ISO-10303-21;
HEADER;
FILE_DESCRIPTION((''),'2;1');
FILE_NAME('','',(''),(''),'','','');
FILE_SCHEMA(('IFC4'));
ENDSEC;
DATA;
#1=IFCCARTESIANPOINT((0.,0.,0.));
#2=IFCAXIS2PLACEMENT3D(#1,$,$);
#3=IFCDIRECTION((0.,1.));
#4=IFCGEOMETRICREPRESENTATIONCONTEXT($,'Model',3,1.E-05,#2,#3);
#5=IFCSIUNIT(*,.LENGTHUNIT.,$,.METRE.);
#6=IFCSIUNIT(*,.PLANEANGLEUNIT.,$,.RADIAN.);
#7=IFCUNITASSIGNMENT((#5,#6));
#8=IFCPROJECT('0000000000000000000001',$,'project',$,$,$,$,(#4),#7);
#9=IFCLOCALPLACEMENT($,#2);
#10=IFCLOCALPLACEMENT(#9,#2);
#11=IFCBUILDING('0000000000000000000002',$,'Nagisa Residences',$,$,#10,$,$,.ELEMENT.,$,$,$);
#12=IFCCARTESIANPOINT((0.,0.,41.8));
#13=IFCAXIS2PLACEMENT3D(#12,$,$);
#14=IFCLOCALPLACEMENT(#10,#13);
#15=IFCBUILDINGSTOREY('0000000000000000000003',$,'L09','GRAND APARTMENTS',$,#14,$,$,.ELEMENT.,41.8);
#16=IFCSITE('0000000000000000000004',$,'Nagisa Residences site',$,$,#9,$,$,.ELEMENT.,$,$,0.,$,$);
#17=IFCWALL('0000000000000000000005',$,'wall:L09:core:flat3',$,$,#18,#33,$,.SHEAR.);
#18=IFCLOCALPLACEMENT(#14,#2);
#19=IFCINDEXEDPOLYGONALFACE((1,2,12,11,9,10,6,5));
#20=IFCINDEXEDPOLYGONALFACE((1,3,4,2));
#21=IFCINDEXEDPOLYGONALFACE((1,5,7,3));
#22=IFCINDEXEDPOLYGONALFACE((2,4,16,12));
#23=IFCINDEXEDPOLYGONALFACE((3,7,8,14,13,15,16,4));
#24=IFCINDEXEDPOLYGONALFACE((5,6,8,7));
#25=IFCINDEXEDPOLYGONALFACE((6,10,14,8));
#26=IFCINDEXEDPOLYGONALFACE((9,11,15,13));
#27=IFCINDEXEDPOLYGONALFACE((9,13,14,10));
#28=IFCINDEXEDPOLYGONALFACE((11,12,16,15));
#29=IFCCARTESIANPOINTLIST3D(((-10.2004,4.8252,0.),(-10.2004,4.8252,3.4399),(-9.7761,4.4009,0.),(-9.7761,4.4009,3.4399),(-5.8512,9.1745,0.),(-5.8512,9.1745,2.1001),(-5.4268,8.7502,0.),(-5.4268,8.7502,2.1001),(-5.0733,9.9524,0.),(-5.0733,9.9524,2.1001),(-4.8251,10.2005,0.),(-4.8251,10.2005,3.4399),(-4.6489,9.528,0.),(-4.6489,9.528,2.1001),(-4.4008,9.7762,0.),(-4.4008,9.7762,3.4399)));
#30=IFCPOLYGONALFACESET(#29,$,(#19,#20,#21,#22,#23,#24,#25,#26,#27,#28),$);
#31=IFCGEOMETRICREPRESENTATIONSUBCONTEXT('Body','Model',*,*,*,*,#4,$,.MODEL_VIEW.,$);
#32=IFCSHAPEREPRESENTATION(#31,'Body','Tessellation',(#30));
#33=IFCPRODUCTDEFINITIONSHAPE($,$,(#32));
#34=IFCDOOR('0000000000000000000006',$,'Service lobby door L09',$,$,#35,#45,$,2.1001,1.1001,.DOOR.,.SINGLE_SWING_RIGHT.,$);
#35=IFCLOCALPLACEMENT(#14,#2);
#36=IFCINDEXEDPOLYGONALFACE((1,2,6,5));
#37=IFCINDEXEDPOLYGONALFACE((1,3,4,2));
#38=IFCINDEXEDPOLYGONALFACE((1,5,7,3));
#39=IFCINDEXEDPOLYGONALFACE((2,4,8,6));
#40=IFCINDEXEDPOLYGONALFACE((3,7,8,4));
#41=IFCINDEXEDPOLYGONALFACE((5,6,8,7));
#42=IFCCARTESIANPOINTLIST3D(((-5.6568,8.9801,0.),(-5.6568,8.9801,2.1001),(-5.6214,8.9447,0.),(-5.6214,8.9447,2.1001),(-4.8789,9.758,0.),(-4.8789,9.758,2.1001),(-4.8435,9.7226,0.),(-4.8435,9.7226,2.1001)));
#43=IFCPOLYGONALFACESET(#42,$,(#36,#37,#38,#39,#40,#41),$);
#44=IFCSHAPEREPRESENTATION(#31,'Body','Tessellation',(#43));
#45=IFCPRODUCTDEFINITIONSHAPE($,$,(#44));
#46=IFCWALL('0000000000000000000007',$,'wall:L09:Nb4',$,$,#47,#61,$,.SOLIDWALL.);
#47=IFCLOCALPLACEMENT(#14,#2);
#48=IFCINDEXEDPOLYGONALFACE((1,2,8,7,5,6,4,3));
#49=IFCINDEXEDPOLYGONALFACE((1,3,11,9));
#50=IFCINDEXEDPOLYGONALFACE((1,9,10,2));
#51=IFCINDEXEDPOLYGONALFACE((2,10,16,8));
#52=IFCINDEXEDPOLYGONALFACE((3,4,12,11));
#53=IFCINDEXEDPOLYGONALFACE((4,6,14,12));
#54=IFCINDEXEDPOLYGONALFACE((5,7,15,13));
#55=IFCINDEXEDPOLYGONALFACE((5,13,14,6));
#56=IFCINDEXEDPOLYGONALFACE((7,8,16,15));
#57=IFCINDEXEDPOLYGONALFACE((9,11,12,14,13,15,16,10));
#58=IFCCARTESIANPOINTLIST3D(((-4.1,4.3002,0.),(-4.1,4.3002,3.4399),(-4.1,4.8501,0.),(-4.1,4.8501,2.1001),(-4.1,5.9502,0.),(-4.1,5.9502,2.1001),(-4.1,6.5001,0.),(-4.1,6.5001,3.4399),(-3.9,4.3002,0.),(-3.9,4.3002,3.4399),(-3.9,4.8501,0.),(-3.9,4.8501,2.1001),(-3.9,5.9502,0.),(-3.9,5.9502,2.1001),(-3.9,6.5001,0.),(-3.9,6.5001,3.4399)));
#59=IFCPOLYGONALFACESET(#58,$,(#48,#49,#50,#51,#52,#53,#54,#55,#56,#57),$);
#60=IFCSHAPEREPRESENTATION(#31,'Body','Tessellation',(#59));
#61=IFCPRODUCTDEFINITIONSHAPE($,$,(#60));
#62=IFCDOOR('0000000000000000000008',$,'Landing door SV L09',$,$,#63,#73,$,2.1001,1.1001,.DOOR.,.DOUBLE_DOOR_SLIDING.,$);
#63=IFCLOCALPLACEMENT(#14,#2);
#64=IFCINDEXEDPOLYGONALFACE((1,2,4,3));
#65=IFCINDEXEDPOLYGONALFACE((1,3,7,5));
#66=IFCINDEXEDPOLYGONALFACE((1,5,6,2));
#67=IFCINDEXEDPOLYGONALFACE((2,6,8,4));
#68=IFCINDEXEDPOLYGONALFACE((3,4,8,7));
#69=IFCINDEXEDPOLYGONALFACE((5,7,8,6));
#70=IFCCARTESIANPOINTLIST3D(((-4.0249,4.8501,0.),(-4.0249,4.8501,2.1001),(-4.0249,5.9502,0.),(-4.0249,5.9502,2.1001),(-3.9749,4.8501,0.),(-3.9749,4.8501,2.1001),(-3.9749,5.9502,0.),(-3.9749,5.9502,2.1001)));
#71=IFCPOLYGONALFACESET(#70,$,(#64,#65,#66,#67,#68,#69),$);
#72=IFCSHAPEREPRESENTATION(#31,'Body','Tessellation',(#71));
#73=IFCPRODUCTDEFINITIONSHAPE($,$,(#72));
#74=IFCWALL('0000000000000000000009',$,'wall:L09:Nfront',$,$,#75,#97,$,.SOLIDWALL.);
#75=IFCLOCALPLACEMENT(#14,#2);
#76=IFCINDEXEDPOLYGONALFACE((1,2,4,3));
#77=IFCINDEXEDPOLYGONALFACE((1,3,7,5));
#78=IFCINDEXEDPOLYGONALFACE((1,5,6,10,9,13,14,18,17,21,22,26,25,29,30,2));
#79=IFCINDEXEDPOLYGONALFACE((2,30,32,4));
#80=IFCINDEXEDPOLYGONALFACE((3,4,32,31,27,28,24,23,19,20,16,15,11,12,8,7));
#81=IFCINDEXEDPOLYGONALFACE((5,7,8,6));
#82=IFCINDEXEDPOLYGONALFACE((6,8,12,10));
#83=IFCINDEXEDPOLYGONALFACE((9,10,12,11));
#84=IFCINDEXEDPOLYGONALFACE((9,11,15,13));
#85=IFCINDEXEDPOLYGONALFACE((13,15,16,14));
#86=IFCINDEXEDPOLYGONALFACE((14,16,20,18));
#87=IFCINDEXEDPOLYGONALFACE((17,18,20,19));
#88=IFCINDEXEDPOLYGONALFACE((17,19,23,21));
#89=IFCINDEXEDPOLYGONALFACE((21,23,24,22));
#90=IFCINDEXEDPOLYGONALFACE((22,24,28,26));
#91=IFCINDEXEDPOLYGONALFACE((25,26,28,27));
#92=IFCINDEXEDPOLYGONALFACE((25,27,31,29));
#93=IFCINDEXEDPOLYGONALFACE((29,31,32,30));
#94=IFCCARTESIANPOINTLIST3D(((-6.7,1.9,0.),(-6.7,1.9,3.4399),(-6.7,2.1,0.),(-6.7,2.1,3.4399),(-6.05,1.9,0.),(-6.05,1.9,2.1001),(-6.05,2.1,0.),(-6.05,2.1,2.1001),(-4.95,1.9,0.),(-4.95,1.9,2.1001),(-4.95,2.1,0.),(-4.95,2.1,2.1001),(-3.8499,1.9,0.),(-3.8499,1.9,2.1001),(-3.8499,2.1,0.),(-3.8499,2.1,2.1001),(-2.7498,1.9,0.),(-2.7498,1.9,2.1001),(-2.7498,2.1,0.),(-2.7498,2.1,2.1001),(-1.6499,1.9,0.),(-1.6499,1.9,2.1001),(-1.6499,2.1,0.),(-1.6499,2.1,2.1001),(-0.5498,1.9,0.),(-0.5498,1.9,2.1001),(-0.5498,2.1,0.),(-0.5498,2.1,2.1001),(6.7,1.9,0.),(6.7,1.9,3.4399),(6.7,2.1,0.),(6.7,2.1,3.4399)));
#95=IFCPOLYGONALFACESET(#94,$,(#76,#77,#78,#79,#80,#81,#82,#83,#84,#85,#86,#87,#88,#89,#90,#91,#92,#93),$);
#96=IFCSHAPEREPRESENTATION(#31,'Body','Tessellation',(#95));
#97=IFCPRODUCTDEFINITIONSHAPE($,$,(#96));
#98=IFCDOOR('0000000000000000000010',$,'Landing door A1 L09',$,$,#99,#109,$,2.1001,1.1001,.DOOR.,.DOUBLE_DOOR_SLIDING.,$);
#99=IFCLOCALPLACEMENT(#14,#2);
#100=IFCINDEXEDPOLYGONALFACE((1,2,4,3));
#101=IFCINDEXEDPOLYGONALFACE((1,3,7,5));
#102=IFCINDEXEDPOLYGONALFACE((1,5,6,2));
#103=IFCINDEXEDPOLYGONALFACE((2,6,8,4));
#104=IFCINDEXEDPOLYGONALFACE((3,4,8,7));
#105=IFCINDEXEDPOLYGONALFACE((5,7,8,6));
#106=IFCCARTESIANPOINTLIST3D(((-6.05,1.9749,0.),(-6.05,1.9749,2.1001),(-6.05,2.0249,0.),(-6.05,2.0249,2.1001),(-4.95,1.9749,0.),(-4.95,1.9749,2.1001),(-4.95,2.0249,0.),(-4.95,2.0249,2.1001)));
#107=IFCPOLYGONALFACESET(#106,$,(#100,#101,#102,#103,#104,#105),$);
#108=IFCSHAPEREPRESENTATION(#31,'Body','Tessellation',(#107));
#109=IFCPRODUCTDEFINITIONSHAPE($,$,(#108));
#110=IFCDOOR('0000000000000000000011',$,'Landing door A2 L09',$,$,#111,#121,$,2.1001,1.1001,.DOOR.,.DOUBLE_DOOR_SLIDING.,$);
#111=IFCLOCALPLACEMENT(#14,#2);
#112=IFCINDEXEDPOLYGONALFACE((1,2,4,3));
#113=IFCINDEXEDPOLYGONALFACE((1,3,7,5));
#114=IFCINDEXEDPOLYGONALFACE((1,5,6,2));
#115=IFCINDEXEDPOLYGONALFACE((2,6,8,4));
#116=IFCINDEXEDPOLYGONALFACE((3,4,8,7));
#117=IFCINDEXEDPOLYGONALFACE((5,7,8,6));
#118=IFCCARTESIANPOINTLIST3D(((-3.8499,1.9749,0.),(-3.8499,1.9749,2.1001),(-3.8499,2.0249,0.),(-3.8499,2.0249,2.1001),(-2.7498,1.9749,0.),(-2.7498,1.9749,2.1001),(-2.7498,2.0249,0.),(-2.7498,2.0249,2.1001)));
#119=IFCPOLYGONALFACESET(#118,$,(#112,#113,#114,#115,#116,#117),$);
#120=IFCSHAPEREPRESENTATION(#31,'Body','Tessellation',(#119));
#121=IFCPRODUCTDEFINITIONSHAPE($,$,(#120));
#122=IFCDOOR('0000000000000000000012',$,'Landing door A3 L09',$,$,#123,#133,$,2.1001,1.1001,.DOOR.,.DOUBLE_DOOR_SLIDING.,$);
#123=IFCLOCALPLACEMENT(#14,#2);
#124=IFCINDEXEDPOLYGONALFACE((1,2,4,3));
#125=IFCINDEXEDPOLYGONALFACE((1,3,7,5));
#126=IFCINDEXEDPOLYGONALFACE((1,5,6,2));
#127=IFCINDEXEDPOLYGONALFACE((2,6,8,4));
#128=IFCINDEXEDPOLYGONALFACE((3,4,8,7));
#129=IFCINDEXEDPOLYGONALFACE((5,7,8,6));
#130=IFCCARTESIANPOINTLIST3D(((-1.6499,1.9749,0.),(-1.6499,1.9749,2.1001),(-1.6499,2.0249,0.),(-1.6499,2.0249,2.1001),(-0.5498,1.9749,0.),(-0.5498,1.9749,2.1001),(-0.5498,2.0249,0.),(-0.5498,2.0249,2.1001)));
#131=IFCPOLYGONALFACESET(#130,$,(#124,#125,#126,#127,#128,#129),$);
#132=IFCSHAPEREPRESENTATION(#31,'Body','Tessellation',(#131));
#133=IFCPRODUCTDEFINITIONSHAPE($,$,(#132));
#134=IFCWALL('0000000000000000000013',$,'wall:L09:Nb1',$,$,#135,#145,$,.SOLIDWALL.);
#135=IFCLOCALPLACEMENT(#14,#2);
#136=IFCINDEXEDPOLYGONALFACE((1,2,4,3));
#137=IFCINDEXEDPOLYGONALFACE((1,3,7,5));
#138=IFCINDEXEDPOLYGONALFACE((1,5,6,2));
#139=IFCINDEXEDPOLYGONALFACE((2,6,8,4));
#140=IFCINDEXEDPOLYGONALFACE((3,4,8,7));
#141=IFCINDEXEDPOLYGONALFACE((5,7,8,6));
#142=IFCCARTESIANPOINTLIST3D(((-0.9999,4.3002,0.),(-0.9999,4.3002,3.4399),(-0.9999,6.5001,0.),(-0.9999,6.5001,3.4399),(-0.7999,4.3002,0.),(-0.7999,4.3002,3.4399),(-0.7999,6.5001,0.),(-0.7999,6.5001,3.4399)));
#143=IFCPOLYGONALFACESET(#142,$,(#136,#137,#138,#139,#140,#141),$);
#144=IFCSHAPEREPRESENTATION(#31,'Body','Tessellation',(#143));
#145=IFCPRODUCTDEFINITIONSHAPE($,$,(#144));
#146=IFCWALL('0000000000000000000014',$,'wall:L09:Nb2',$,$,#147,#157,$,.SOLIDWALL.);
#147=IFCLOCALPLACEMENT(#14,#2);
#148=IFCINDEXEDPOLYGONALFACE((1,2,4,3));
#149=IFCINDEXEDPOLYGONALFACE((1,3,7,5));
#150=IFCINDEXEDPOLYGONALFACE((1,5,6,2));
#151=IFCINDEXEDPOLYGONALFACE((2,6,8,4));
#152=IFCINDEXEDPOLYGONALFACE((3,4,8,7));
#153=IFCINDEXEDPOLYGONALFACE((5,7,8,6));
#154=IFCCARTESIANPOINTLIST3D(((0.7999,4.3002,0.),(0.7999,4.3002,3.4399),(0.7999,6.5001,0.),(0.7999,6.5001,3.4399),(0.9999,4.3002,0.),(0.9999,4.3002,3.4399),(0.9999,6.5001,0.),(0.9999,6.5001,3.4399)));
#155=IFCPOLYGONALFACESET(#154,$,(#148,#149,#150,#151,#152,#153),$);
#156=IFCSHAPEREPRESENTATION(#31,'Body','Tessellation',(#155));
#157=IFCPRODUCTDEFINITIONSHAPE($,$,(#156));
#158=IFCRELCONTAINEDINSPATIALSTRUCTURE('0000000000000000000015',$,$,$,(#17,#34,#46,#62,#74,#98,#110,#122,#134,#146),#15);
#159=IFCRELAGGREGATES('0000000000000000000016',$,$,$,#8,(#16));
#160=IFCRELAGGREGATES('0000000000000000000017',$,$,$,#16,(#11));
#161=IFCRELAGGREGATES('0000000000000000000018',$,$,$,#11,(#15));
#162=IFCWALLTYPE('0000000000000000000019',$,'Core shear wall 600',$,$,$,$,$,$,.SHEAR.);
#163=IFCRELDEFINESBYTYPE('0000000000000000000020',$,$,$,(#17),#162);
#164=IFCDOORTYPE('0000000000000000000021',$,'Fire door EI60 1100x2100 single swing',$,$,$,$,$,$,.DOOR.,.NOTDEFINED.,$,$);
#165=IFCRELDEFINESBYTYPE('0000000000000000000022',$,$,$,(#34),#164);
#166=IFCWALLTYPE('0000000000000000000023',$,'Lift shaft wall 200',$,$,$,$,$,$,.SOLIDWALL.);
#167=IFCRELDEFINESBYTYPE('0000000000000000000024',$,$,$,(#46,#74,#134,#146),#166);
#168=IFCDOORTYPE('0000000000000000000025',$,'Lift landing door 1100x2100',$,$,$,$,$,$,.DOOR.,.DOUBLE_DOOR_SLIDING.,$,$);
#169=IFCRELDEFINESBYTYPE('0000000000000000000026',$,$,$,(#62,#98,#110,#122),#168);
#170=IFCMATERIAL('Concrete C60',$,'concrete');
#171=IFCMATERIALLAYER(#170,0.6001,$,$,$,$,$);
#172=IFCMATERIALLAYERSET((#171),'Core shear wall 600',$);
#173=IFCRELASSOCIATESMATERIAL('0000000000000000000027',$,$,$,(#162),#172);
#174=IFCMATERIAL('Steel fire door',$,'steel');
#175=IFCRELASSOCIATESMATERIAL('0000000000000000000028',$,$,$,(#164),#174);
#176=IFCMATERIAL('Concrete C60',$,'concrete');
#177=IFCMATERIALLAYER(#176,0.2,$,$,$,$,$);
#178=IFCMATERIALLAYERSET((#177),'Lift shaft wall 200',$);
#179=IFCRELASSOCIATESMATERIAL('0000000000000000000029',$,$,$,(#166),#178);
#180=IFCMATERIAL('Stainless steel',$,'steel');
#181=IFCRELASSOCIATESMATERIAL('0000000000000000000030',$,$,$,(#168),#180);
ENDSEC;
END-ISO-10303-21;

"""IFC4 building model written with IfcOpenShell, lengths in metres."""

from ifc_helpers import new_model, si_unit, direction, frame, frame_2d, origin, place, context, subcontext, project, spatial, rectangle, extrude, material, layer, layer_set, type_object, element, fill, save


model = new_model("IFC4")

# Units and contexts
model_context = context("Model", 3, precision=1e-05, world=origin(), true_north=direction((0.0, 1.0)))
body_context = subcontext(model_context, "Body", "Model", "MODEL_VIEW")
ifc_project = project(units=[si_unit("LENGTHUNIT", "METRE"), si_unit("PLANEANGLEUNIT", "RADIAN")], contexts=[model_context])

# Site, building, storey
site_placement = place(None, origin())
site = spatial("IfcSite", under=ifc_project, at=site_placement, Name="Nagisa Residences site", CompositionType="ELEMENT", RefElevation=0.0)
building_placement = place(site_placement, origin())
building = spatial("IfcBuilding", under=site, at=building_placement, Name="Nagisa Residences", CompositionType="ELEMENT")
storey_placement = place(building_placement, frame((0.0, 0.0, 41.8)))
storey = spatial("IfcBuildingStorey", under=building, at=storey_placement, Name="L09", Description="GRAND APARTMENTS", CompositionType="ELEMENT", Elevation=41.8)

# Walls, openings, doors
ifc_material_1 = material(Name="Concrete C60", Category="concrete")
ifc_layer_1 = layer(ifc_material_1, 0.6001)
ifc_layer_set_1 = layer_set([ifc_layer_1], Name="Core shear wall 600")
wall_type_1 = type_object("IfcWallType", Name="Core shear wall 600", PredefinedType="SHEAR", material=ifc_layer_set_1)
wall_1_placement = place(storey_placement, frame((-4.613, 9.9883, 0.0), z_axis=(0.0, 0.0, 1.0), x_axis=(-0.707107, -0.707107, 0.0)))
wall_1 = element("IfcWall", 1, at=wall_1_placement, inside=storey, type_object=wall_type_1, Name="wall:L09:core:flat3", PredefinedType="SHEAR", context=body_context, shape_type="SweptSolid", body=[
    extrude(rectangle(XDim=7.6018, YDim=0.6001, at=frame_2d((3.8008, 0.0))), origin(), (0.0, 0.0, 1.0), 3.4399),
])
opening_1_placement = place(wall_1_placement, frame((0.3508, 0.0, 0.0)))
opening_1 = element("IfcOpeningElement", 2, at=opening_1_placement, cuts=wall_1, PredefinedType="OPENING", context=body_context, shape_type="SweptSolid", body=[
    extrude(rectangle(XDim=1.1001, YDim=2.1001, at=frame_2d((0.55, 1.05))), frame((0.0, 0.3101, 0.0), z_axis=(0.0, -1.0, 0.0), x_axis=(1.0, 0.0, 0.0)), (0.0, 0.0, 1.0), 0.6201),
])
ifc_material_2 = material(Name="Steel fire door", Category="steel")
door_type_1 = type_object("IfcDoorType", Name="Fire door EI60 1100x2100 single swing", OperationType="NOTDEFINED", PredefinedType="DOOR", material=ifc_material_2)
door_1_placement = place(opening_1_placement, origin())
door_1 = element("IfcDoor", 3, at=door_1_placement, inside=storey, type_object=door_type_1, Name="Service lobby door L09", OperationType="SINGLE_SWING_RIGHT", OverallHeight=2.1001, OverallWidth=1.1001, PredefinedType="DOOR", context=body_context, shape_type="SweptSolid", body=[
    extrude(rectangle(XDim=1.1001, YDim=2.1001, at=frame_2d((0.55, 1.05))), frame((0.0, 0.0249, 0.0), z_axis=(0.0, -1.0, 0.0), x_axis=(1.0, 0.0, 0.0)), (0.0, 0.0, 1.0), 0.05),
])
fill(opening_1, door_1)
ifc_material_3 = material(Name="Concrete C60", Category="concrete")
ifc_layer_2 = layer(ifc_material_3, 0.2)
ifc_layer_set_2 = layer_set([ifc_layer_2], Name="Lift shaft wall 200")
wall_type_2 = type_object("IfcWallType", Name="Lift shaft wall 200", PredefinedType="SOLIDWALL", material=ifc_layer_set_2)
wall_2_placement = place(storey_placement, frame((-4.0, 4.3, 0.0), z_axis=(0.0, 0.0, 1.0), x_axis=(0.0, 1.0, 0.0)))
wall_2 = element("IfcWall", 4, at=wall_2_placement, inside=storey, type_object=wall_type_2, Name="wall:L09:Nb4", PredefinedType="SOLIDWALL", context=body_context, shape_type="SweptSolid", body=[
    extrude(rectangle(XDim=2.2, YDim=0.2, at=frame_2d((1.1001, 0.0))), origin(), (0.0, 0.0, 1.0), 3.4399),
])
opening_2_placement = place(wall_2_placement, frame((0.55, 0.0, 0.0)))
opening_2 = element("IfcOpeningElement", 5, at=opening_2_placement, cuts=wall_2, PredefinedType="OPENING", context=body_context, shape_type="SweptSolid", body=[
    extrude(rectangle(XDim=1.1001, YDim=2.1001, at=frame_2d((0.55, 1.05))), frame((0.0, 0.1099, 0.0), z_axis=(0.0, -1.0, 0.0), x_axis=(1.0, 0.0, 0.0)), (0.0, 0.0, 1.0), 0.22),
])
ifc_material_4 = material(Name="Stainless steel", Category="steel")
door_type_2 = type_object("IfcDoorType", Name="Lift landing door 1100x2100", OperationType="DOUBLE_DOOR_SLIDING", PredefinedType="DOOR", material=ifc_material_4)
door_2_placement = place(opening_2_placement, origin())
door_2 = element("IfcDoor", 6, at=door_2_placement, inside=storey, type_object=door_type_2, Name="Landing door SV L09", OperationType="DOUBLE_DOOR_SLIDING", OverallHeight=2.1001, OverallWidth=1.1001, PredefinedType="DOOR", context=body_context, shape_type="SweptSolid", body=[
    extrude(rectangle(XDim=1.1001, YDim=2.1001, at=frame_2d((0.55, 1.05))), frame((0.0, 0.0249, 0.0), z_axis=(0.0, -1.0, 0.0), x_axis=(1.0, 0.0, 0.0)), (0.0, 0.0, 1.0), 0.05),
])
fill(opening_2, door_2)

# Wall, openings, doors
wall_3_placement = place(storey_placement, frame((-6.7, 2.0, 0.0), z_axis=(0.0, 0.0, 1.0), x_axis=(1.0, 0.0, 0.0)))
wall_3 = element("IfcWall", 7, at=wall_3_placement, inside=storey, type_object=wall_type_2, Name="wall:L09:Nfront", PredefinedType="SOLIDWALL", context=body_context, shape_type="SweptSolid", body=[
    extrude(rectangle(XDim=13.3999, YDim=0.2, at=frame_2d((6.7, 0.0))), origin(), (0.0, 0.0, 1.0), 3.4399),
])
opening_3_placement = place(wall_3_placement, frame((0.6499, 0.0, 0.0)))
opening_3 = element("IfcOpeningElement", 8, at=opening_3_placement, cuts=wall_3, PredefinedType="OPENING", context=body_context, shape_type="SweptSolid", body=[
    extrude(rectangle(XDim=1.1001, YDim=2.1001, at=frame_2d((0.55, 1.05))), frame((0.0, 0.1099, 0.0), z_axis=(0.0, -1.0, 0.0), x_axis=(1.0, 0.0, 0.0)), (0.0, 0.0, 1.0), 0.22),
])
opening_4_placement = place(wall_3_placement, frame((2.8501, 0.0, 0.0)))
opening_4 = element("IfcOpeningElement", 9, at=opening_4_placement, cuts=wall_3, PredefinedType="OPENING", context=body_context, shape_type="SweptSolid", body=[
    extrude(rectangle(XDim=1.1001, YDim=2.1001, at=frame_2d((0.55, 1.05))), frame((0.0, 0.1099, 0.0), z_axis=(0.0, -1.0, 0.0), x_axis=(1.0, 0.0, 0.0)), (0.0, 0.0, 1.0), 0.22),
])
opening_5_placement = place(wall_3_placement, frame((5.05, 0.0, 0.0)))
opening_5 = element("IfcOpeningElement", 10, at=opening_5_placement, cuts=wall_3, PredefinedType="OPENING", context=body_context, shape_type="SweptSolid", body=[
    extrude(rectangle(XDim=1.1001, YDim=2.1001, at=frame_2d((0.55, 1.05))), frame((0.0, 0.1099, 0.0), z_axis=(0.0, -1.0, 0.0), x_axis=(1.0, 0.0, 0.0)), (0.0, 0.0, 1.0), 0.22),
])
door_3_placement = place(opening_3_placement, origin())
door_3 = element("IfcDoor", 11, at=door_3_placement, inside=storey, type_object=door_type_2, Name="Landing door A1 L09", OperationType="DOUBLE_DOOR_SLIDING", OverallHeight=2.1001, OverallWidth=1.1001, PredefinedType="DOOR", context=body_context, shape_type="SweptSolid", body=[
    extrude(rectangle(XDim=1.1001, YDim=2.1001, at=frame_2d((0.55, 1.05))), frame((0.0, 0.0249, 0.0), z_axis=(0.0, -1.0, 0.0), x_axis=(1.0, 0.0, 0.0)), (0.0, 0.0, 1.0), 0.05),
])
fill(opening_3, door_3)
door_4_placement = place(opening_4_placement, origin())
door_4 = element("IfcDoor", 12, at=door_4_placement, inside=storey, type_object=door_type_2, Name="Landing door A2 L09", OperationType="DOUBLE_DOOR_SLIDING", OverallHeight=2.1001, OverallWidth=1.1001, PredefinedType="DOOR", context=body_context, shape_type="SweptSolid", body=[
    extrude(rectangle(XDim=1.1001, YDim=2.1001, at=frame_2d((0.55, 1.05))), frame((0.0, 0.0249, 0.0), z_axis=(0.0, -1.0, 0.0), x_axis=(1.0, 0.0, 0.0)), (0.0, 0.0, 1.0), 0.05),
])
fill(opening_4, door_4)
door_5_placement = place(opening_5_placement, origin())
door_5 = element("IfcDoor", 13, at=door_5_placement, inside=storey, type_object=door_type_2, Name="Landing door A3 L09", OperationType="DOUBLE_DOOR_SLIDING", OverallHeight=2.1001, OverallWidth=1.1001, PredefinedType="DOOR", context=body_context, shape_type="SweptSolid", body=[
    extrude(rectangle(XDim=1.1001, YDim=2.1001, at=frame_2d((0.55, 1.05))), frame((0.0, 0.0249, 0.0), z_axis=(0.0, -1.0, 0.0), x_axis=(1.0, 0.0, 0.0)), (0.0, 0.0, 1.0), 0.05),
])
fill(opening_5, door_5)

# Walls
for number, where, z_axis, x_axis, name in (
    (14, (-0.8999, 4.3, 0.0), (0.0, 0.0, 1.0), (0.0, 1.0, 0.0), "wall:L09:Nb1"),
    (15, (0.8999, 4.3, 0.0), (0.0, 0.0, 1.0), (0.0, 1.0, 0.0), "wall:L09:Nb2"),
):
    element("IfcWall", number, at=place(storey_placement, frame(where, z_axis=z_axis, x_axis=x_axis)), inside=storey, type_object=wall_type_2, Name=name, PredefinedType="SOLIDWALL", context=body_context, shape_type="SweptSolid", body=[
        extrude(rectangle(XDim=2.2, YDim=0.2, at=frame_2d((1.1001, 0.0))), origin(), (0.0, 0.0, 1.0), 3.4399),
    ])

save(model, "model.ifc")
